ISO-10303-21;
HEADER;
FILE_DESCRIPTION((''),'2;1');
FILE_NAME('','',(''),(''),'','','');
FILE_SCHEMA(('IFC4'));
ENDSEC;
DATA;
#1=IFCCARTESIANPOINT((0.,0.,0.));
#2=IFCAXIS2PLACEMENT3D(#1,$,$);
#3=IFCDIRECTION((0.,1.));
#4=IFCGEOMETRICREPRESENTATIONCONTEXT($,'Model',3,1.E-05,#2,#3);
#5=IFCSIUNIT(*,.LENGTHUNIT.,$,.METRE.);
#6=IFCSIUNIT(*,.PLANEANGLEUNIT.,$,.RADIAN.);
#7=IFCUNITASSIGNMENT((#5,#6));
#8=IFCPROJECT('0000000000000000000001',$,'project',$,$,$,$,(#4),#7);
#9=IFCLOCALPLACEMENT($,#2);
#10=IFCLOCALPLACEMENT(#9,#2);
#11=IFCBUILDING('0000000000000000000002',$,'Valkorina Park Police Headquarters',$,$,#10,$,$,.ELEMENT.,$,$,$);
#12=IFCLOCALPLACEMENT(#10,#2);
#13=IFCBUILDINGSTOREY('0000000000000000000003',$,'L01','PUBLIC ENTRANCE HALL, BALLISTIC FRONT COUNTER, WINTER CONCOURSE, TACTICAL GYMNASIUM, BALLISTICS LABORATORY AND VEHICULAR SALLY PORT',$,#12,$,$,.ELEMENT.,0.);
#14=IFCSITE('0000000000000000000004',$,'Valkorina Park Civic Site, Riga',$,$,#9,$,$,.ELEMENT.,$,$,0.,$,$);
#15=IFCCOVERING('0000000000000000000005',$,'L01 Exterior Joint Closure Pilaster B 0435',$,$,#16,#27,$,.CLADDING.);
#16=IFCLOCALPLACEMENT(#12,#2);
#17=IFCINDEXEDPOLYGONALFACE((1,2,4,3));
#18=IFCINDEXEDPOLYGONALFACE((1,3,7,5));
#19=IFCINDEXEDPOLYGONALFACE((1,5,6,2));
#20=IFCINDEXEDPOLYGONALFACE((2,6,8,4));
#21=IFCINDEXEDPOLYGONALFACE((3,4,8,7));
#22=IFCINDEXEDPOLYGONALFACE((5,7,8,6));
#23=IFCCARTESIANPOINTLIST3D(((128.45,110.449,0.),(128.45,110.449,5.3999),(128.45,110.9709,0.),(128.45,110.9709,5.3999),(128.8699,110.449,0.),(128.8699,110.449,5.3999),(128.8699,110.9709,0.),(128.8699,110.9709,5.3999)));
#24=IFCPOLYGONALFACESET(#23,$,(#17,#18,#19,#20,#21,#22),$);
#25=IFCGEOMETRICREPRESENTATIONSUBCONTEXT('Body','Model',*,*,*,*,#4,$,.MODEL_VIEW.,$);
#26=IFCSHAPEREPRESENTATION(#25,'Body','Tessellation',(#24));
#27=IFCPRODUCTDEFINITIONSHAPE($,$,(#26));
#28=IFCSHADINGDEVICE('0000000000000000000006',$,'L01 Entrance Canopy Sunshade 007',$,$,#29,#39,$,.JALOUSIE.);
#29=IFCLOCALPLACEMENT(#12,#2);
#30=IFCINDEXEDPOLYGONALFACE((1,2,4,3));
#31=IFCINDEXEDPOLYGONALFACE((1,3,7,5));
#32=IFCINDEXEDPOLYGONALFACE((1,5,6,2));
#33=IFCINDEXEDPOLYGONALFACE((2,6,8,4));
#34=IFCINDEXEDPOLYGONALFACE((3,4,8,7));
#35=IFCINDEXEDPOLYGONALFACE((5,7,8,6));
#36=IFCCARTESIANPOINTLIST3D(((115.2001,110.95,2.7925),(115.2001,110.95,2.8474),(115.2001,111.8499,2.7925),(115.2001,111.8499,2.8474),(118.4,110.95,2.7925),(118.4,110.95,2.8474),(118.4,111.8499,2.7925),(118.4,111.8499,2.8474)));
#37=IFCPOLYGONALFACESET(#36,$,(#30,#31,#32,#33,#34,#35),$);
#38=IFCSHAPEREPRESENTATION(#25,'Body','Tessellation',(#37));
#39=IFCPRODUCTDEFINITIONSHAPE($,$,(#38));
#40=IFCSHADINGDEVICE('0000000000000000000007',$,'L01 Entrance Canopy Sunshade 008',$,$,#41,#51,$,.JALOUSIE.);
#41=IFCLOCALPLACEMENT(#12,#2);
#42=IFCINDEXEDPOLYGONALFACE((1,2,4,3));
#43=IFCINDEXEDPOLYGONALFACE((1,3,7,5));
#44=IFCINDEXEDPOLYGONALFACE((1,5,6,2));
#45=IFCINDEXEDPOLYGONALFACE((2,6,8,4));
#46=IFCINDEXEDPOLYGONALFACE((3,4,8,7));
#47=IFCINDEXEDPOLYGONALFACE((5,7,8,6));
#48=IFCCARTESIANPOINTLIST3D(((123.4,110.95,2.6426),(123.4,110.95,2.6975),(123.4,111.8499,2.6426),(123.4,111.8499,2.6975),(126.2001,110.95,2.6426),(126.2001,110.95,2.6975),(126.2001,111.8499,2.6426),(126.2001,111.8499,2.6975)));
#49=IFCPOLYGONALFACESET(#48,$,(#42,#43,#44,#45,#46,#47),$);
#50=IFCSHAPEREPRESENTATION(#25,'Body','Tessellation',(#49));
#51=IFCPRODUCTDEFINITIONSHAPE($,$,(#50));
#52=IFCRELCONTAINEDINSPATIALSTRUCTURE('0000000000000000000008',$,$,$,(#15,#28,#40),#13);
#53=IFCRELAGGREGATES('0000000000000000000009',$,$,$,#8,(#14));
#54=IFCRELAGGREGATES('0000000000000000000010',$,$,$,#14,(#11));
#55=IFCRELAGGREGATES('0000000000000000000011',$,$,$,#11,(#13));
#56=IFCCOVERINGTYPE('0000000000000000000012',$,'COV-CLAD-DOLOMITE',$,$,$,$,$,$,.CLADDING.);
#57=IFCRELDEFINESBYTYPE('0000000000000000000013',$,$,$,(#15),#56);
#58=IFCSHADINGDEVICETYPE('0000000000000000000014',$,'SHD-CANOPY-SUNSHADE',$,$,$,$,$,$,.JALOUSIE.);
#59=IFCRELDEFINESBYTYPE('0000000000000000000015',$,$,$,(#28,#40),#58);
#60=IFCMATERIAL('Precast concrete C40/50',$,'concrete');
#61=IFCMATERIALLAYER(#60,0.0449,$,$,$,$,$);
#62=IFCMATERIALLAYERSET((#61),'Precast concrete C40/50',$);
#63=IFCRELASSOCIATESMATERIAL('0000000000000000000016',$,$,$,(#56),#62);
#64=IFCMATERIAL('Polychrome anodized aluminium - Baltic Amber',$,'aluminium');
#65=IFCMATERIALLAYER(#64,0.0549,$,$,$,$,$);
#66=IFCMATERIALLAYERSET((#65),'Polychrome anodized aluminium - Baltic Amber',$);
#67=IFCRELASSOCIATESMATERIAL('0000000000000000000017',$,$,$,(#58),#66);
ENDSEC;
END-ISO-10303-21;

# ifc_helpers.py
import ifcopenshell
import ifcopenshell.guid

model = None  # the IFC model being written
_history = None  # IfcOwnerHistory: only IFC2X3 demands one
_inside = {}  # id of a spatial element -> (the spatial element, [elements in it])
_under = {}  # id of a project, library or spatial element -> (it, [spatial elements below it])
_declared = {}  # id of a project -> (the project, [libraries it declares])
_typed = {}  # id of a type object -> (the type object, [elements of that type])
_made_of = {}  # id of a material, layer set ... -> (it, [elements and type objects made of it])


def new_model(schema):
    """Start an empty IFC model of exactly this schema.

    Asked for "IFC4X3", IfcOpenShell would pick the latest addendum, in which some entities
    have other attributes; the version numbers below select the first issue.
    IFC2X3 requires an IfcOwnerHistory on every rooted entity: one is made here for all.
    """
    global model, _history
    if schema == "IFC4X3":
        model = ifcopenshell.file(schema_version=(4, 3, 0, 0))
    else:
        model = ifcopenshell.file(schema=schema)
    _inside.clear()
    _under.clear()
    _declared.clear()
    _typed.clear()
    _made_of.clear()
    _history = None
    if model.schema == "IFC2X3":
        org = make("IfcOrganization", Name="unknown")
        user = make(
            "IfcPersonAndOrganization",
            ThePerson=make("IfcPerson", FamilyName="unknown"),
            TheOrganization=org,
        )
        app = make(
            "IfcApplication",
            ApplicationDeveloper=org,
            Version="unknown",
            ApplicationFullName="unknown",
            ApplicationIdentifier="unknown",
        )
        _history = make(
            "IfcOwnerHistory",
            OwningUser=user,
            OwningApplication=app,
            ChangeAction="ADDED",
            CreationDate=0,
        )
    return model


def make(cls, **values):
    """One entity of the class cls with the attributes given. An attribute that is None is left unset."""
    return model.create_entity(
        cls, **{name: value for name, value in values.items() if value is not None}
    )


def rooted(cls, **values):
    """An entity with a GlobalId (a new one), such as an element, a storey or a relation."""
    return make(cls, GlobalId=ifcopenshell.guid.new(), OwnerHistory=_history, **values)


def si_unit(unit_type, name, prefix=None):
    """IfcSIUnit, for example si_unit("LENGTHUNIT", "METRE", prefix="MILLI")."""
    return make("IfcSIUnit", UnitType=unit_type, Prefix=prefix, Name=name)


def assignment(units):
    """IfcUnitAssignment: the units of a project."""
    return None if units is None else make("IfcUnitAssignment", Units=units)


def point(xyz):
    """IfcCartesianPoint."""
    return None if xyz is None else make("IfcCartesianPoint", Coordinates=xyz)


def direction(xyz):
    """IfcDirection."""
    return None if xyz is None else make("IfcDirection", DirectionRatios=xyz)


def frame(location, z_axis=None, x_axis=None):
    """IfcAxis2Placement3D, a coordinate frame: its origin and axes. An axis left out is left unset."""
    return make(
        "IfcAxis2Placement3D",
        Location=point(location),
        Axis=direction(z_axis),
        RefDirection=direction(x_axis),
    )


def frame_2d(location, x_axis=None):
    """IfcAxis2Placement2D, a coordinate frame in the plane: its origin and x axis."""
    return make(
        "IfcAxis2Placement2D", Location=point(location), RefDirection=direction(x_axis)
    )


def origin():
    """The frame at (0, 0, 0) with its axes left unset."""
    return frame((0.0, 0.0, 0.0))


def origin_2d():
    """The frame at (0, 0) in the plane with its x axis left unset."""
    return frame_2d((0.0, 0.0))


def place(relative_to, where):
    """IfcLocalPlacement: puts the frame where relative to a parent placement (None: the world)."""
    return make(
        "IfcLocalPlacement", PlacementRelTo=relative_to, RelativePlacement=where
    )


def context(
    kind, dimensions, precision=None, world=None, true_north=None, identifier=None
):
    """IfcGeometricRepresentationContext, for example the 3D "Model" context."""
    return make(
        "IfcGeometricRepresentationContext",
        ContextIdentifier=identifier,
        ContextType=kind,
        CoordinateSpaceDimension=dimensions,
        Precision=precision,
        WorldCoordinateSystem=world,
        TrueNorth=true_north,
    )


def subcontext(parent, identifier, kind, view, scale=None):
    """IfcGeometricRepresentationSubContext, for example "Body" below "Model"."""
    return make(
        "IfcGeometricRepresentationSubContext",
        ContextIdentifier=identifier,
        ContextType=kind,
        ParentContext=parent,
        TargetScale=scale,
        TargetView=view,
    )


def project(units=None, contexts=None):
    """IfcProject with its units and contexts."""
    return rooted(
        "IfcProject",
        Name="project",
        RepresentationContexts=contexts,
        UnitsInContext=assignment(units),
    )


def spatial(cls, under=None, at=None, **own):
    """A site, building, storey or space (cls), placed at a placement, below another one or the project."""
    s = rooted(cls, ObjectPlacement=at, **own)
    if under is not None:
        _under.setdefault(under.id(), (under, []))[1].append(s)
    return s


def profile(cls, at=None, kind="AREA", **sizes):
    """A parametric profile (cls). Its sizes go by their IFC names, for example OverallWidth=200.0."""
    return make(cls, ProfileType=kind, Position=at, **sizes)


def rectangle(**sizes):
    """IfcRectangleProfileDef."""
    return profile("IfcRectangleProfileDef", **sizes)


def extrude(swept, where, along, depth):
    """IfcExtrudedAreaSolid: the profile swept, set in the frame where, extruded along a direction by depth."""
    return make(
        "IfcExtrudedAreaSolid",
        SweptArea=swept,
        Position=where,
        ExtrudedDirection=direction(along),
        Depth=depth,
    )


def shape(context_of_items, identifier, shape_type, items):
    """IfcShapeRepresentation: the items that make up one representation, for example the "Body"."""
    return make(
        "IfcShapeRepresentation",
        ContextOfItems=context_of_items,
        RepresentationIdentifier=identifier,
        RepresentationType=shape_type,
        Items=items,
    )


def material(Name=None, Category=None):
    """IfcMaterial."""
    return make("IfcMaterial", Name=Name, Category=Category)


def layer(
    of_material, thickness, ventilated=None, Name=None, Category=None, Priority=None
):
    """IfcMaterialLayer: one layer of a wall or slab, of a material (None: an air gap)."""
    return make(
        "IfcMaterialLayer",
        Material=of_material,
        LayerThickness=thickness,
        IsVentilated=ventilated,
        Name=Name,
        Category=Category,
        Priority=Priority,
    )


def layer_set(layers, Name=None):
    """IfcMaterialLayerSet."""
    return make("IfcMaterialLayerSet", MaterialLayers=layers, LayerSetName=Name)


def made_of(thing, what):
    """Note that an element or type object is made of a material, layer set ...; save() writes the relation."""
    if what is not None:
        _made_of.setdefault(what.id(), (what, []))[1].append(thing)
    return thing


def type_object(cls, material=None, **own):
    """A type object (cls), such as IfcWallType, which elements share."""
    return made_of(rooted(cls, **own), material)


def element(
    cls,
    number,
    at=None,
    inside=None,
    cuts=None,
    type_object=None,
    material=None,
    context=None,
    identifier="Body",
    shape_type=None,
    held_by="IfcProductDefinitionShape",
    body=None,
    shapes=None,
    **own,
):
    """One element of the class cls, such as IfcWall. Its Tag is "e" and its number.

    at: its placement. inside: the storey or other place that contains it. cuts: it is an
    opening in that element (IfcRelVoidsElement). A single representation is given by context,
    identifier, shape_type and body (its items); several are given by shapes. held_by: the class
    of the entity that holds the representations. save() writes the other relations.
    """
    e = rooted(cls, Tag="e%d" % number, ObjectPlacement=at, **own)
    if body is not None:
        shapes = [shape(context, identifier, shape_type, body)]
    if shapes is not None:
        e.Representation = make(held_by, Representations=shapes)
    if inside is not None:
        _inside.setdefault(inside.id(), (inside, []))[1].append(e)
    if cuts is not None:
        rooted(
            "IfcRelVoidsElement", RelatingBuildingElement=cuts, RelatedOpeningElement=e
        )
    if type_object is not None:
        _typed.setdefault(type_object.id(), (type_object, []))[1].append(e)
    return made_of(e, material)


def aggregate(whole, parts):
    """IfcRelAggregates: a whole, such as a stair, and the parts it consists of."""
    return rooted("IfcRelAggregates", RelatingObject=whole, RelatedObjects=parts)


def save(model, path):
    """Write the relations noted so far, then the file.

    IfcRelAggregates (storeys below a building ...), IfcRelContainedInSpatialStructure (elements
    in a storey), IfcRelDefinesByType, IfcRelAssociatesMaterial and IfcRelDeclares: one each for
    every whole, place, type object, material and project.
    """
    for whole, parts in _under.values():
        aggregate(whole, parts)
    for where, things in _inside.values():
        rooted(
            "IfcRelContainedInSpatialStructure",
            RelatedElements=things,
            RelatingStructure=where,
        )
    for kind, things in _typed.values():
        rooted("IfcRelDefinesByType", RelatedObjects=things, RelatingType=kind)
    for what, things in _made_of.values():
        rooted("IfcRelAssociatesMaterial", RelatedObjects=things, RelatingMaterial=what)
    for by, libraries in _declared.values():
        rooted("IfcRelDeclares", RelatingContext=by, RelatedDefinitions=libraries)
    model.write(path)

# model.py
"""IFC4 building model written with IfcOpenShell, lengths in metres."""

from ifc_helpers import new_model, si_unit, direction, frame, origin, origin_2d, place, context, subcontext, project, spatial, rectangle, extrude, material, layer, layer_set, type_object, element, save


model = new_model("IFC4")

# Units and contexts
model_context = context("Model", 3, precision=1e-05, world=origin(), true_north=direction((0.0, 1.0)))
body_context = subcontext(model_context, "Body", "Model", "MODEL_VIEW")
ifc_project = project(units=[si_unit("LENGTHUNIT", "METRE"), si_unit("PLANEANGLEUNIT", "RADIAN")], contexts=[model_context])

# Site, building, storey
site_placement = place(None, origin())
site = spatial("IfcSite", under=ifc_project, at=site_placement, Name="Valkorina Park Civic Site, Riga", CompositionType="ELEMENT", RefElevation=0.0)
building_placement = place(site_placement, origin())
building = spatial("IfcBuilding", under=site, at=building_placement, Name="Valkorina Park Police Headquarters", CompositionType="ELEMENT")
storey_placement = place(building_placement, origin())
storey = spatial("IfcBuildingStorey", under=building, at=storey_placement, Name="L01", Description="PUBLIC ENTRANCE HALL, BALLISTIC FRONT COUNTER, WINTER CONCOURSE, TACTICAL GYMNASIUM, BALLISTICS LABORATORY AND VEHICULAR SALLY PORT", CompositionType="ELEMENT", Elevation=0.0)

# Covering
ifc_material_1 = material(Name="Precast concrete C40/50", Category="concrete")
ifc_layer_1 = layer(ifc_material_1, 0.0449)
ifc_layer_set_1 = layer_set([ifc_layer_1], Name="Precast concrete C40/50")
covering_type = type_object("IfcCoveringType", Name="COV-CLAD-DOLOMITE", PredefinedType="CLADDING", material=ifc_layer_set_1)
for number, where, z_axis, x_axis, name in (
    (1, (128.6599, 110.71, 0.0), (0.0, 0.0, 1.0), (1.0, 0.0, 0.0), "L01 Exterior Joint Closure Pilaster B 0435"),
):
    element("IfcCovering", number, at=place(storey_placement, frame(where, z_axis=z_axis, x_axis=x_axis)), inside=storey, type_object=covering_type, Name=name, PredefinedType="CLADDING", context=body_context, shape_type="SweptSolid", body=[
        extrude(rectangle(XDim=0.4199, YDim=0.522, at=origin_2d()), origin(), (0.0, 0.0, 1.0), 5.3999),
    ])

# Shading devices
ifc_material_2 = material(Name="Polychrome anodized aluminium - Baltic Amber", Category="aluminium")
ifc_layer_2 = layer(ifc_material_2, 0.0549)
ifc_layer_set_2 = layer_set([ifc_layer_2], Name="Polychrome anodized aluminium - Baltic Amber")
shading_device_type = type_object("IfcShadingDeviceType", Name="SHD-CANOPY-SUNSHADE", PredefinedType="JALOUSIE", material=ifc_layer_set_2)
shading_device_1_placement = place(storey_placement, frame((116.8, 111.3999, 2.7925), z_axis=(0.0, 0.0, 1.0), x_axis=(1.0, 0.0, 0.0)))
element("IfcShadingDevice", 2, at=shading_device_1_placement, inside=storey, type_object=shading_device_type, Name="L01 Entrance Canopy Sunshade 007", PredefinedType="JALOUSIE", context=body_context, shape_type="SweptSolid", body=[
    extrude(rectangle(XDim=3.2, YDim=0.8999, at=origin_2d()), origin(), (0.0, 0.0, 1.0), 0.0549),
])
shading_device_2_placement = place(storey_placement, frame((124.8, 111.3999, 2.6426), z_axis=(0.0, 0.0, 1.0), x_axis=(1.0, 0.0, 0.0)))
element("IfcShadingDevice", 3, at=shading_device_2_placement, inside=storey, type_object=shading_device_type, Name="L01 Entrance Canopy Sunshade 008", PredefinedType="JALOUSIE", context=body_context, shape_type="SweptSolid", body=[
    extrude(rectangle(XDim=2.8, YDim=0.8999, at=origin_2d()), origin(), (0.0, 0.0, 1.0), 0.0549),
])

save(model, "model.ifc")
